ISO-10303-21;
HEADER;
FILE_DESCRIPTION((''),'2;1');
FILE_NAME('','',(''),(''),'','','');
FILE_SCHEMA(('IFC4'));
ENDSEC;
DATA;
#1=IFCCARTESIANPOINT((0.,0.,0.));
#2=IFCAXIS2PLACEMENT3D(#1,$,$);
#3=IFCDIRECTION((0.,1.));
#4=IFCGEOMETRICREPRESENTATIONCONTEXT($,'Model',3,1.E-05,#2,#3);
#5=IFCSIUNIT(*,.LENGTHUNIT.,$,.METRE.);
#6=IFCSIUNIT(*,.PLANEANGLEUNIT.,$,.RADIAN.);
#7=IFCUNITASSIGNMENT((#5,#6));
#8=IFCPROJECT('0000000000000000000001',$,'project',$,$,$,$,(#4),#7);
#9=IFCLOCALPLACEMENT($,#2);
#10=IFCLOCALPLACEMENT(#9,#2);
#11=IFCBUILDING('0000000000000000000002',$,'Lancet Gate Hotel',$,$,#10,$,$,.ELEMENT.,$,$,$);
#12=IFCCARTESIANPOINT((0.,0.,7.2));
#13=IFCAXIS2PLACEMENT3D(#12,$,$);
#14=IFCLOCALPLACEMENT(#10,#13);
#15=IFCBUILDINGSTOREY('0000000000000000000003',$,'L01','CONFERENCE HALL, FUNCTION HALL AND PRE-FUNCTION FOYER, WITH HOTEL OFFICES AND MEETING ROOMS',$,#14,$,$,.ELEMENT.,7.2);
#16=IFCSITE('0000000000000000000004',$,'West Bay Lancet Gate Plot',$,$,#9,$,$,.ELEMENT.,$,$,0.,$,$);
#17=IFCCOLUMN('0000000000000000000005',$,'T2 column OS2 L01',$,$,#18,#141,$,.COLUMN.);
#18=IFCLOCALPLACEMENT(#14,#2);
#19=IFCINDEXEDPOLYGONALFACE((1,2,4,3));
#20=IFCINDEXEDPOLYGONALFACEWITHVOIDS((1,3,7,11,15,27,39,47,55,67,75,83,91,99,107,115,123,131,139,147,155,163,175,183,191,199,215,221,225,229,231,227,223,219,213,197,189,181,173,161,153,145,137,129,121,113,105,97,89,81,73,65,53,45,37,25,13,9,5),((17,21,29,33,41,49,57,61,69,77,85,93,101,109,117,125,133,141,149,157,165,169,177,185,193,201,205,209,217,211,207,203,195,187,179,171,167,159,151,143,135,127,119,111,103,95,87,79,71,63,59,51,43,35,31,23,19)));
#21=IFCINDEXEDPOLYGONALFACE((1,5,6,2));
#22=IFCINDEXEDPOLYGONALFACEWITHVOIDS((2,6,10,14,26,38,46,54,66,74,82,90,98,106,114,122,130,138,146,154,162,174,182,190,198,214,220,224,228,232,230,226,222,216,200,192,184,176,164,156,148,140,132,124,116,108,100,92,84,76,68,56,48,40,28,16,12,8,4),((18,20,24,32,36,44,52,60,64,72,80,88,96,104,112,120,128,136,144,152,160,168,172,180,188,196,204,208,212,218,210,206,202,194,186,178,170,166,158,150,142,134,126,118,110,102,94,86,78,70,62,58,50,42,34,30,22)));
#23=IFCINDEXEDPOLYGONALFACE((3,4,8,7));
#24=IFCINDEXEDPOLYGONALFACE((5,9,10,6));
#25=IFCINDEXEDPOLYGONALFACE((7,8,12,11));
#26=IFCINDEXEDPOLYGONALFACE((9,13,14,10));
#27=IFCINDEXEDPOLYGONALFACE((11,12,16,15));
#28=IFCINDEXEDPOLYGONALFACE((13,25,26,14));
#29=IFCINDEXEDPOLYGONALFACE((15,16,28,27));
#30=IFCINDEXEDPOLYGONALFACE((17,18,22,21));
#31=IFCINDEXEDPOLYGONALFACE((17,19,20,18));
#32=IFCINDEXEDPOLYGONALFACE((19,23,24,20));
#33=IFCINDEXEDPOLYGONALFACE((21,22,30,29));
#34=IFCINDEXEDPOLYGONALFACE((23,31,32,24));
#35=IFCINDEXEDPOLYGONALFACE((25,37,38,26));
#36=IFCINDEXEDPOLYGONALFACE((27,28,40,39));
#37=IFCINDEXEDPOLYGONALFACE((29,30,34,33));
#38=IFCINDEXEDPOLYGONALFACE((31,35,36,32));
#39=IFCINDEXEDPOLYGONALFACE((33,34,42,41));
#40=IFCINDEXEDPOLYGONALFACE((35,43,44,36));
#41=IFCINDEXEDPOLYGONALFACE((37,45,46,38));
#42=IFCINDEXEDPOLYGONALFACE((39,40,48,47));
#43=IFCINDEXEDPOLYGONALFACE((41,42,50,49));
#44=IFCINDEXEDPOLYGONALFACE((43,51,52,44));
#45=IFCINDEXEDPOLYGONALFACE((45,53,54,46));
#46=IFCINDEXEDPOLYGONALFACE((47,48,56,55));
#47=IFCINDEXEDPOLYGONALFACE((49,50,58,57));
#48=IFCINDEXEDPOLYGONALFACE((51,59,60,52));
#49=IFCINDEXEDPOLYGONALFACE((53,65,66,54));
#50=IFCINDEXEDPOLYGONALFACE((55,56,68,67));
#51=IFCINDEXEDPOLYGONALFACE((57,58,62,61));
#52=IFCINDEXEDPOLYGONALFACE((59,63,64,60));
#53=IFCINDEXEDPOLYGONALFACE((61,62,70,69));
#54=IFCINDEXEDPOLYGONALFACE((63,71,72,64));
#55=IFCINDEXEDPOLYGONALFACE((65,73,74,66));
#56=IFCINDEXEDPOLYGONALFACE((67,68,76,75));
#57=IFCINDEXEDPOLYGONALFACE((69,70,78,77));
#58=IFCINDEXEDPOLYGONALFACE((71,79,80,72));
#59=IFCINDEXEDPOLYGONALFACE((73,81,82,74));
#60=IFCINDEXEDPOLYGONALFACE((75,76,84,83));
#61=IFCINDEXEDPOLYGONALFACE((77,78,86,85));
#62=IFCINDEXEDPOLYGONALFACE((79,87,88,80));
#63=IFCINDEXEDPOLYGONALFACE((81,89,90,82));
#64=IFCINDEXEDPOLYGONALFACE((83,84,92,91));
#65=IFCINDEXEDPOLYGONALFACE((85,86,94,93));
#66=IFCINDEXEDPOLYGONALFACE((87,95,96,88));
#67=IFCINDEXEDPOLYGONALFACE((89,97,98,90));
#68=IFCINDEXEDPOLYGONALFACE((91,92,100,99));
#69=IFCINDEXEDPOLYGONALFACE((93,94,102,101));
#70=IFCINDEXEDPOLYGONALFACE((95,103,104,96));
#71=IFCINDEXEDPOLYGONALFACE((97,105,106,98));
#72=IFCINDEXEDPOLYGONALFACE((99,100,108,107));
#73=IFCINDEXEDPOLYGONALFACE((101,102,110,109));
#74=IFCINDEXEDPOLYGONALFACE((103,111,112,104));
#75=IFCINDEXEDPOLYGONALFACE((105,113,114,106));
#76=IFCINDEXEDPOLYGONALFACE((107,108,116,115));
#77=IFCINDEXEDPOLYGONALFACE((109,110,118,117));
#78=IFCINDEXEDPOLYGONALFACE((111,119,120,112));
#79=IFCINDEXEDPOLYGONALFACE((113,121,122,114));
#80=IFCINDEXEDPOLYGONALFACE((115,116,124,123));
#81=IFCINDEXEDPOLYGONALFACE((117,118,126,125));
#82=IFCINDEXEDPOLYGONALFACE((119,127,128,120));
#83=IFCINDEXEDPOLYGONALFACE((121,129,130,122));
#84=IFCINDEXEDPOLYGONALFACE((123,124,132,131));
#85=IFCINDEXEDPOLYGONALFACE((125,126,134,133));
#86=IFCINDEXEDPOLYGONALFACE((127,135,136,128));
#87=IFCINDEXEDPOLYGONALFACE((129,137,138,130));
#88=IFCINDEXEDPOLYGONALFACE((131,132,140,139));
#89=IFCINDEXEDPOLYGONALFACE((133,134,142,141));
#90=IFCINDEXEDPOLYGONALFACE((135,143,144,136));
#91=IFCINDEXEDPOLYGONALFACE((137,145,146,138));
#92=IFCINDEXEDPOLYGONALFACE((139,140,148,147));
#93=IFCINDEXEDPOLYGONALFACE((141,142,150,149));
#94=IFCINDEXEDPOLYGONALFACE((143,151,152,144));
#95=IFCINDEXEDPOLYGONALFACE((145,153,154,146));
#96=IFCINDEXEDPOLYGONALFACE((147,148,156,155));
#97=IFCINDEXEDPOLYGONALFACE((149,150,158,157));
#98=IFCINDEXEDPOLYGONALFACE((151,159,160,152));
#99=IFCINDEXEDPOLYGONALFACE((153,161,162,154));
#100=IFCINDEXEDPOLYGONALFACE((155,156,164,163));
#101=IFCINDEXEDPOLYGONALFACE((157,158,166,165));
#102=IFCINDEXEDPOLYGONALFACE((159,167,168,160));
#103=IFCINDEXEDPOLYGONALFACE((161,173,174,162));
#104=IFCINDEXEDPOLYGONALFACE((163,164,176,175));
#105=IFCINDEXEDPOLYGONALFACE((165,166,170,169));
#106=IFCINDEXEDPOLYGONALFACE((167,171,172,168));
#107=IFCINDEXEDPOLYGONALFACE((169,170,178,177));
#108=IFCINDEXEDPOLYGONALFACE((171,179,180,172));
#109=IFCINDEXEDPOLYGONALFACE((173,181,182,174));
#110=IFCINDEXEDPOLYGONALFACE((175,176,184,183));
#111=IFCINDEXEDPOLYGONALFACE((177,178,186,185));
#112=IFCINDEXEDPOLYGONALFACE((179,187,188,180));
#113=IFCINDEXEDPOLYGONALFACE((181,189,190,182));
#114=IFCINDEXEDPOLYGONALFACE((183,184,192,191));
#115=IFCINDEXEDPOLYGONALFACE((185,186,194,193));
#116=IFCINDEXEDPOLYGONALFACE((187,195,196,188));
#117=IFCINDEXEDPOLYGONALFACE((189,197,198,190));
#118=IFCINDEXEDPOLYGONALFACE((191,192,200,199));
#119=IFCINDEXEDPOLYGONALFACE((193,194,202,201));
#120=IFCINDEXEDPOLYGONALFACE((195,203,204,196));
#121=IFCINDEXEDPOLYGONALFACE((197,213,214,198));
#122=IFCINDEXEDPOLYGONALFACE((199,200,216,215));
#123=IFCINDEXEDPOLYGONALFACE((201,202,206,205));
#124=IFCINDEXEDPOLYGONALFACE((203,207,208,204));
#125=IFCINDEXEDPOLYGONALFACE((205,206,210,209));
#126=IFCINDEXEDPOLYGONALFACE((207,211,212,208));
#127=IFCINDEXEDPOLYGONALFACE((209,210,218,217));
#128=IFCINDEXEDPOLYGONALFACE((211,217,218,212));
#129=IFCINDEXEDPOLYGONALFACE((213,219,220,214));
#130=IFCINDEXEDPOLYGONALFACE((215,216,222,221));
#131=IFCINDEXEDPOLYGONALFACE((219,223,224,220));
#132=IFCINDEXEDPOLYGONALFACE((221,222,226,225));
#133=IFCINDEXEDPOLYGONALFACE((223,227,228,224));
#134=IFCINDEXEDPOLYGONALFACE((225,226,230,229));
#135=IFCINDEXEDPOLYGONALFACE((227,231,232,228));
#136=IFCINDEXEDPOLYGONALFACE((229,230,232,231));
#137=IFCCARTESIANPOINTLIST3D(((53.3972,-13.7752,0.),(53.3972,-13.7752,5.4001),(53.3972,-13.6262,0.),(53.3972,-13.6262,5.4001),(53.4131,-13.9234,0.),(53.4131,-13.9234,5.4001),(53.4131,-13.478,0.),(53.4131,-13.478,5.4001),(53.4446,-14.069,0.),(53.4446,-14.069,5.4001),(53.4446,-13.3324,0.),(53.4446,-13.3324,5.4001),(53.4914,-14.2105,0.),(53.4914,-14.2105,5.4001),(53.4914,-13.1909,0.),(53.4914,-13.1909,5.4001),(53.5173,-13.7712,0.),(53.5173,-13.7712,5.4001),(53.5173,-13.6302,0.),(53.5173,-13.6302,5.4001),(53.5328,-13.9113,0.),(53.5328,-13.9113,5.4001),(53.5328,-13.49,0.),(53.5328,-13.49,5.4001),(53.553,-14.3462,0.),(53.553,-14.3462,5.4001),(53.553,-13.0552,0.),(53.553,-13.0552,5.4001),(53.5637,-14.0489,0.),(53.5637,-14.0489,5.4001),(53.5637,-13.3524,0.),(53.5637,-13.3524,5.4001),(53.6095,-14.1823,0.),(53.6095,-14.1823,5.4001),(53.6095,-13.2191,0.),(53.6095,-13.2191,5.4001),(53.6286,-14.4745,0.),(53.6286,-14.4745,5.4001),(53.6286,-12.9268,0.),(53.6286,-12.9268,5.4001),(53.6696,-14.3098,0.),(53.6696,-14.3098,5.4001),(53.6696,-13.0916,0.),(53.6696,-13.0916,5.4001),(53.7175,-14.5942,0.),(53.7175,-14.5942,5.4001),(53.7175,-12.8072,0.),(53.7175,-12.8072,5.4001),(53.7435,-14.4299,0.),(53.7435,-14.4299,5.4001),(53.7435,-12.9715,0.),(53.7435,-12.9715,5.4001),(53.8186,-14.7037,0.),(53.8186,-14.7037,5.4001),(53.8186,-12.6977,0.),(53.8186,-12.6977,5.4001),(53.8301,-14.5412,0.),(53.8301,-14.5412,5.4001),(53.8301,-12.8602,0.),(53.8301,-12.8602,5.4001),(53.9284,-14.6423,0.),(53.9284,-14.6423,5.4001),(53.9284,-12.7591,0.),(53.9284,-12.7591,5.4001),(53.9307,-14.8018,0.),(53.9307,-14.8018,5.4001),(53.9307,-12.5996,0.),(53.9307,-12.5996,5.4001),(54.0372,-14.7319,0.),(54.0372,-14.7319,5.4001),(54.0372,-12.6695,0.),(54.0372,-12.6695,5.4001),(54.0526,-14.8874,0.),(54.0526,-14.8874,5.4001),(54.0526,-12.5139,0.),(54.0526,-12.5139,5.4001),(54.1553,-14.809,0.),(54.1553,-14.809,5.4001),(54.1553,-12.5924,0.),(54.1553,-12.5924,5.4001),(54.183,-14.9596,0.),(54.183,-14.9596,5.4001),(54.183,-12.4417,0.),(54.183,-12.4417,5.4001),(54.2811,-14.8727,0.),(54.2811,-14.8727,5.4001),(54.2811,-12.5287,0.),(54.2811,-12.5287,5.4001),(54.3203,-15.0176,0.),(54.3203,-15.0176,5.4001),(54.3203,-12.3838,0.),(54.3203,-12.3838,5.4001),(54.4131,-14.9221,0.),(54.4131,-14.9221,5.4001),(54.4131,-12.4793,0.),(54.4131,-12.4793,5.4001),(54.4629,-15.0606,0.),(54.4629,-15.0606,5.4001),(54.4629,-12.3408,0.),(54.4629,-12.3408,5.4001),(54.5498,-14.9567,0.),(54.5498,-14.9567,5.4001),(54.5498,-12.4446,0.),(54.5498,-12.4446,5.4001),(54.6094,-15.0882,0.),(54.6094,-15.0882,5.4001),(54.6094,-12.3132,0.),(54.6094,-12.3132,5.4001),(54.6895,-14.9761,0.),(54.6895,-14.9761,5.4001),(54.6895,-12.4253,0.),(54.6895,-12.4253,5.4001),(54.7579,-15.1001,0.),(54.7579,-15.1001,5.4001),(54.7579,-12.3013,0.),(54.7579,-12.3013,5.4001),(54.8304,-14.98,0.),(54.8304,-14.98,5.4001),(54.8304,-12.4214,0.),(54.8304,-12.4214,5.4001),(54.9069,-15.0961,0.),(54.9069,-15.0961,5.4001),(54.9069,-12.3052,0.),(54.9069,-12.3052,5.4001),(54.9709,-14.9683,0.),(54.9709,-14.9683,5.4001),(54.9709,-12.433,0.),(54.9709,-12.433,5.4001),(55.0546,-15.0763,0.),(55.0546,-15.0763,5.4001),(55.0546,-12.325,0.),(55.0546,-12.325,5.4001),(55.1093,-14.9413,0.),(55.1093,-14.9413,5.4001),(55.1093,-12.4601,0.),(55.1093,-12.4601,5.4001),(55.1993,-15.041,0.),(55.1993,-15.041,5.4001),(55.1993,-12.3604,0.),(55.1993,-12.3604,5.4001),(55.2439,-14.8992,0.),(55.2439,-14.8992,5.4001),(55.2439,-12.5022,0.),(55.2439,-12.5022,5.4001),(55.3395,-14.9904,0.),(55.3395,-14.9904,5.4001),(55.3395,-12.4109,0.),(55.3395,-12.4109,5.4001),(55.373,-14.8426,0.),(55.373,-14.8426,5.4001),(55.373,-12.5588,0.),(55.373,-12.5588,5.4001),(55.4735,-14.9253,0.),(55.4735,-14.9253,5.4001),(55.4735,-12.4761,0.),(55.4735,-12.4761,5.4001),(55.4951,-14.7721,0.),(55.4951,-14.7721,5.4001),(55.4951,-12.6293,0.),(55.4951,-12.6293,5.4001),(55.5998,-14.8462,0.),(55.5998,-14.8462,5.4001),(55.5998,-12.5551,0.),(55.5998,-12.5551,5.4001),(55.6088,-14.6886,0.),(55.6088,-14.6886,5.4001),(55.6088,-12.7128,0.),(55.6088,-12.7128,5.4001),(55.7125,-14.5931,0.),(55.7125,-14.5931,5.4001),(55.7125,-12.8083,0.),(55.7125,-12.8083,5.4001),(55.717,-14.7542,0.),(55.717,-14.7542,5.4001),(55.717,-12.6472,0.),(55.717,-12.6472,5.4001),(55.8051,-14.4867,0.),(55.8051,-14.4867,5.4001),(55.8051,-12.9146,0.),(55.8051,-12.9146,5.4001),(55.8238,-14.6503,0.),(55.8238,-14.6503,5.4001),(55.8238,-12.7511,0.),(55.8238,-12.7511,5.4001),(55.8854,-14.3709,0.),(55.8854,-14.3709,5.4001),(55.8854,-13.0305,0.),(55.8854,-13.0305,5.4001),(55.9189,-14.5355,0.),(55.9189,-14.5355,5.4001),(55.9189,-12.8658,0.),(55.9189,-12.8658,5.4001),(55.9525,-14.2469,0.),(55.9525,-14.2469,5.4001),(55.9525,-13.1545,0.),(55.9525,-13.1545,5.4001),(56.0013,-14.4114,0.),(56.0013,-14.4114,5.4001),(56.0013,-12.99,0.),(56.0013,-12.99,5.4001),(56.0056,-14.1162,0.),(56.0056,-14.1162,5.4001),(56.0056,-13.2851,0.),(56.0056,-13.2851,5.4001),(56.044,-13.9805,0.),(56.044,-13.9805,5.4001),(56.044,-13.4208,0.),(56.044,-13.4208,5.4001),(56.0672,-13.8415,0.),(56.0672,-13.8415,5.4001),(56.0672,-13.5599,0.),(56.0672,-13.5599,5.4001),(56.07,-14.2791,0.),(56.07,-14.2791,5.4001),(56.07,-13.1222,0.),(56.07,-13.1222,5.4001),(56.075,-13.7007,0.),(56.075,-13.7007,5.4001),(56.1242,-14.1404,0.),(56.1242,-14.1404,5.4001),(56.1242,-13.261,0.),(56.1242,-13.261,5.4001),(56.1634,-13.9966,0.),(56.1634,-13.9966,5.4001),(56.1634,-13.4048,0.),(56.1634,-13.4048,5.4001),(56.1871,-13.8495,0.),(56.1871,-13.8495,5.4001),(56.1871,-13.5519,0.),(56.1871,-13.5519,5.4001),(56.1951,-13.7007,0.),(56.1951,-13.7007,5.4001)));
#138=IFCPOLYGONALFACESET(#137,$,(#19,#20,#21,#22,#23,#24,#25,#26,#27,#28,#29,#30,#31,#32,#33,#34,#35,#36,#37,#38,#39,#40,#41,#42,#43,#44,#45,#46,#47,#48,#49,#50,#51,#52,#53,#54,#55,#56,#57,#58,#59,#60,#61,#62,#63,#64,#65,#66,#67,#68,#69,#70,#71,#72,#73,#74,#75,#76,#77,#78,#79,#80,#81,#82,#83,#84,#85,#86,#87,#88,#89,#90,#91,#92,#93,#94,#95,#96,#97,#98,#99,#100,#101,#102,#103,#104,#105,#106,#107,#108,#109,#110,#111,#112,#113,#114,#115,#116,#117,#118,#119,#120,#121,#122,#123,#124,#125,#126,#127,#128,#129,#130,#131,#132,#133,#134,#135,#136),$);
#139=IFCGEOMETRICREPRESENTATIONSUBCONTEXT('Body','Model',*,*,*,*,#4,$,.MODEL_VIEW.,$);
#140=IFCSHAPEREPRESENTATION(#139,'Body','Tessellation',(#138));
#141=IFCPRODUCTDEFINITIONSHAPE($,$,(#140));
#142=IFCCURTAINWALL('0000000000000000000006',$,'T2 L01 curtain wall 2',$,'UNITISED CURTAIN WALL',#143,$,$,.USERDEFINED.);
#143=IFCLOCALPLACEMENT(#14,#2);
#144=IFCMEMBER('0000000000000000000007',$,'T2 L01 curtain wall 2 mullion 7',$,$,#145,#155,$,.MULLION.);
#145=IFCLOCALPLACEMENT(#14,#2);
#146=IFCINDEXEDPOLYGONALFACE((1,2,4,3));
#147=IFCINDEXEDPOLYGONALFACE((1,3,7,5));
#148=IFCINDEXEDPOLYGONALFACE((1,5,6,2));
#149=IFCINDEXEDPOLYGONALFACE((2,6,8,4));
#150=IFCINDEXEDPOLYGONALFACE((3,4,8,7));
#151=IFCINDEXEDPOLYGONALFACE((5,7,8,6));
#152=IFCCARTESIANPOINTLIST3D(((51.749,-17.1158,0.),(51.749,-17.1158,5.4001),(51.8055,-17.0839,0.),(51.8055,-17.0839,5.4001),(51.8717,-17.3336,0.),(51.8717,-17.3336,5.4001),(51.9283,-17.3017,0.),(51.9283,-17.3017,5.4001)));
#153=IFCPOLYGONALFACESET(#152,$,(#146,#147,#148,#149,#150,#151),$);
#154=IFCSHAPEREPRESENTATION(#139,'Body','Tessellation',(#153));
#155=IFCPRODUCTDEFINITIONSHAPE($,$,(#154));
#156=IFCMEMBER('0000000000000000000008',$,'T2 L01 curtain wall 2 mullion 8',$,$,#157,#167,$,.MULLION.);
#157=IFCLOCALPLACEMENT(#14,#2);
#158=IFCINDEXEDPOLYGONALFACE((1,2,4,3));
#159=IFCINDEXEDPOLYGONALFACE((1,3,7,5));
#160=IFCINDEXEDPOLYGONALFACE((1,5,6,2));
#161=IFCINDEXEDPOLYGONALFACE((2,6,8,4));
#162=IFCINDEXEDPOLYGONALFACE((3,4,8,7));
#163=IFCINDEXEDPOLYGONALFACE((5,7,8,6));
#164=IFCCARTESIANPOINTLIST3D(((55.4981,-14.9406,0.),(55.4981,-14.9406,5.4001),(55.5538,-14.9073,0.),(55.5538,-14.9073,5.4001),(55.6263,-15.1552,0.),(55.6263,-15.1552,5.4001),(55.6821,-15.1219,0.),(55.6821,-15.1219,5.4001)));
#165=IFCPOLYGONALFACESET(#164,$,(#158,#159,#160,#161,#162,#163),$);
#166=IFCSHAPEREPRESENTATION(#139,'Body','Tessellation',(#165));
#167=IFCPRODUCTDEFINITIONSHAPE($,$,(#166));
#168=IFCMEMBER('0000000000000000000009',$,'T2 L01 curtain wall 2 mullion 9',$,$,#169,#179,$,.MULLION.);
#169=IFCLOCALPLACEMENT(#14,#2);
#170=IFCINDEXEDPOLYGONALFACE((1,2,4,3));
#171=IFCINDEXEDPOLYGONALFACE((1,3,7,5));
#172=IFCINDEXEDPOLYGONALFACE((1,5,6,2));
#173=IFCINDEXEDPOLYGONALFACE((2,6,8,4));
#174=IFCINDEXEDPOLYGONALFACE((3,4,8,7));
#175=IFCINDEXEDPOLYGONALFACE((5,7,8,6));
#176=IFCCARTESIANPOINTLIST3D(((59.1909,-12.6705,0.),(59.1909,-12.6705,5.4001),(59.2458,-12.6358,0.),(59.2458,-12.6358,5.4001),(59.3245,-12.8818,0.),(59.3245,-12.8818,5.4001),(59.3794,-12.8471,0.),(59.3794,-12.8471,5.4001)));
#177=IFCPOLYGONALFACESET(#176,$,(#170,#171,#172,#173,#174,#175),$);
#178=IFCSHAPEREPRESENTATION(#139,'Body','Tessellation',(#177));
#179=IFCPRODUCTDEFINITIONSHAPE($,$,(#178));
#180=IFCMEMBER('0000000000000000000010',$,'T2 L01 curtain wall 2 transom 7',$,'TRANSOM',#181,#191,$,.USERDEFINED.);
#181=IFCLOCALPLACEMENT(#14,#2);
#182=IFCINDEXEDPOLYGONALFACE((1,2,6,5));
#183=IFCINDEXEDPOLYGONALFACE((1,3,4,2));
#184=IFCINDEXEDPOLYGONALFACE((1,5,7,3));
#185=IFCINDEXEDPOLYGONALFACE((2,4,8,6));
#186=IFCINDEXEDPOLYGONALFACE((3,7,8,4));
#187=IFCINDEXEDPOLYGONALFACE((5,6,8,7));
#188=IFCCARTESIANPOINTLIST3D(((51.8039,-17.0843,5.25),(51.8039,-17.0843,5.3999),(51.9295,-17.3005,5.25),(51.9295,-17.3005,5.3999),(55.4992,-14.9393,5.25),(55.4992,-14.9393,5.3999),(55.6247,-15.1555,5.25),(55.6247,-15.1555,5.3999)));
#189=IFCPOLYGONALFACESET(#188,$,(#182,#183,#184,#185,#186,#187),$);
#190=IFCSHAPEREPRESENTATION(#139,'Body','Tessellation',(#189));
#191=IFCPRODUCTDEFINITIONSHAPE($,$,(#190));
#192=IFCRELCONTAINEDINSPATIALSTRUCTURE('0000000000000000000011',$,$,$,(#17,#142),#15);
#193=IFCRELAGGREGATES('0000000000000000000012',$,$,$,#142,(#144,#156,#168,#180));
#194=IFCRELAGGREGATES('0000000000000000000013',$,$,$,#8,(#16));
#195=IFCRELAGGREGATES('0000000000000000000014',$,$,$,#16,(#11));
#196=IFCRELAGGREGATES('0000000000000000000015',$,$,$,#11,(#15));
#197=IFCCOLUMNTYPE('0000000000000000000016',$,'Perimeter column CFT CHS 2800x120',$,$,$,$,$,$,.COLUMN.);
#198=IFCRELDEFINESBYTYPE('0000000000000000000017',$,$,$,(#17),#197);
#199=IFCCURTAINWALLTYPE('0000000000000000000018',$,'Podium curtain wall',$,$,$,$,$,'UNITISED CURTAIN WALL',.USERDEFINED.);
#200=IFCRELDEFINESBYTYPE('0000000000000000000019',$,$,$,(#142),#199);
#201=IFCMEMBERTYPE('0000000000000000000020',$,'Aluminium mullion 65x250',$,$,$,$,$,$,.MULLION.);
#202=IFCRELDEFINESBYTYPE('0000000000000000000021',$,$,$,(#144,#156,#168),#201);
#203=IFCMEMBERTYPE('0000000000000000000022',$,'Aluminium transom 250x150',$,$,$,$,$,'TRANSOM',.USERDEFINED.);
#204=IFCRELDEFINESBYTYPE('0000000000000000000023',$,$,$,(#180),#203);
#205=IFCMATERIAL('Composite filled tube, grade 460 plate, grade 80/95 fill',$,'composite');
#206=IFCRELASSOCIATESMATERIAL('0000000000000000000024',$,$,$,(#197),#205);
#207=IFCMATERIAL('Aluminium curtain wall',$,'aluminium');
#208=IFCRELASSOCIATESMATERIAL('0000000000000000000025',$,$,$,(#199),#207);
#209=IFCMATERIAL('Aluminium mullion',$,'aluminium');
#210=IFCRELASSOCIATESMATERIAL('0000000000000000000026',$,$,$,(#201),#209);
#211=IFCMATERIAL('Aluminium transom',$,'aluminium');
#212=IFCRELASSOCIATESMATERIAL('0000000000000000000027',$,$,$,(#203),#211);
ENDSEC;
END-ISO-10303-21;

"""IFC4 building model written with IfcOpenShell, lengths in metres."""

from ifc_helpers import new_model, si_unit, direction, frame, origin, origin_2d, place, context, subcontext, project, spatial, rectangle, hollow_circle, extrude, material, material_profile, profile_set, type_object, element, aggregate, save


model = new_model("IFC4")

# Units and contexts
model_context = context("Model", 3, precision=1e-05, world=origin(), true_north=direction((0.0, 1.0)))
body_context = subcontext(model_context, "Body", "Model", "MODEL_VIEW")
ifc_project = project(units=[si_unit("LENGTHUNIT", "METRE"), si_unit("PLANEANGLEUNIT", "RADIAN")], contexts=[model_context])

# Site, building, storey
site_placement = place(None, origin())
site = spatial("IfcSite", under=ifc_project, at=site_placement, Name="West Bay Lancet Gate Plot", CompositionType="ELEMENT", RefElevation=0.0)
building_placement = place(site_placement, origin())
building = spatial("IfcBuilding", under=site, at=building_placement, Name="Lancet Gate Hotel", CompositionType="ELEMENT")
storey_placement = place(building_placement, frame((0.0, 0.0, 7.2)))
storey = spatial("IfcBuildingStorey", under=building, at=storey_placement, Name="L01", Description="CONFERENCE HALL, FUNCTION HALL AND PRE-FUNCTION FOYER, WITH HOTEL OFFICES AND MEETING ROOMS", CompositionType="ELEMENT", Elevation=7.2)

# Column
ifc_material_1 = material(Name="Composite filled tube, grade 460 plate, grade 80/95 fill", Category="composite")
ifc_material_profile_1 = material_profile(ifc_material_1, hollow_circle(Radius=1.3999, WallThickness=0.1201, at=origin_2d()), Name="CHS 2800x120")
ifc_profile_set_1 = profile_set([ifc_material_profile_1], Name="Composite filled tube, grade 460 plate, grade 80/95 fill")
column_type = type_object("IfcColumnType", Name="Perimeter column CFT CHS 2800x120", PredefinedType="COLUMN", material=ifc_profile_set_1)
column_placement = place(storey_placement, frame((54.7952, -13.7007, 0.0), z_axis=(0.0, 0.0, 1.0), x_axis=(1.0, 0.0, 0.0)))
element("IfcColumn", 1, at=column_placement, inside=storey, type_object=column_type, Name="T2 column OS2 L01", PredefinedType="COLUMN", context=body_context, shape_type="SweptSolid", body=[
    extrude(hollow_circle(Radius=1.3999, WallThickness=0.1201, at=origin_2d()), origin(), (0.0, 0.0, 1.0), 5.4001),
])

# Curtain wall, members
ifc_material_2 = material(Name="Aluminium curtain wall", Category="aluminium")
curtain_wall_type = type_object("IfcCurtainWallType", Name="Podium curtain wall", ElementType="UNITISED CURTAIN WALL", PredefinedType="USERDEFINED", material=ifc_material_2)
curtain_wall_placement = place(storey_placement, origin())
curtain_wall = element("IfcCurtainWall", 2, at=curtain_wall_placement, inside=storey, type_object=curtain_wall_type, Name="T2 L01 curtain wall 2", ObjectType="UNITISED CURTAIN WALL", PredefinedType="USERDEFINED")
ifc_material_3 = material(Name="Aluminium mullion", Category="aluminium")
ifc_material_profile_2 = material_profile(ifc_material_3, rectangle(XDim=0.0649, YDim=0.25, at=origin_2d()), Name="MULLION 65x250")
ifc_profile_set_2 = profile_set([ifc_material_profile_2], Name="Aluminium mullion")
member_type_1 = type_object("IfcMemberType", Name="Aluminium mullion 65x250", PredefinedType="MULLION", material=ifc_profile_set_2)
member_1_placement = place(storey_placement, frame((51.8386, -17.2087, 0.0), z_axis=(0.0, 0.0, 1.0), x_axis=(0.87119, 0.490945, 0.0)))
member_1 = element("IfcMember", 3, at=member_1_placement, type_object=member_type_1, Name="T2 L01 curtain wall 2 mullion 7", PredefinedType="MULLION", context=body_context, shape_type="SweptSolid", body=[
    extrude(rectangle(XDim=0.0649, YDim=0.25, at=origin_2d()), origin(), (0.0, 0.0, 1.0), 5.4001),
])
member_2_placement = place(storey_placement, frame((55.5901, -15.0312, 0.0), z_axis=(0.0, 0.0, 1.0), x_axis=(0.858413, 0.512959, 0.0)))
member_2 = element("IfcMember", 4, at=member_2_placement, type_object=member_type_1, Name="T2 L01 curtain wall 2 mullion 8", PredefinedType="MULLION", context=body_context, shape_type="SweptSolid", body=[
    extrude(rectangle(XDim=0.0649, YDim=0.25, at=origin_2d()), origin(), (0.0, 0.0, 1.0), 5.4001),
])
member_3_placement = place(storey_placement, frame((59.2852, -12.7588, 0.0), z_axis=(0.0, 0.0, 1.0), x_axis=(0.845079, 0.534641, 0.0)))
member_3 = element("IfcMember", 5, at=member_3_placement, type_object=member_type_1, Name="T2 L01 curtain wall 2 mullion 9", PredefinedType="MULLION", context=body_context, shape_type="SweptSolid", body=[
    extrude(rectangle(XDim=0.0649, YDim=0.25, at=origin_2d()), origin(), (0.0, 0.0, 1.0), 5.4001),
])
ifc_material_4 = material(Name="Aluminium transom", Category="aluminium")
ifc_material_profile_3 = material_profile(ifc_material_4, rectangle(XDim=0.25, YDim=0.1499, at=origin_2d()), Name="TRANSOM 250x150")
ifc_profile_set_3 = profile_set([ifc_material_profile_3], Name="Aluminium transom")
member_type_2 = type_object("IfcMemberType", Name="Aluminium transom 250x150", ElementType="TRANSOM", PredefinedType="USERDEFINED", material=ifc_profile_set_3)
member_4_placement = place(storey_placement, frame((51.8667, -17.1924, 5.325), z_axis=(0.864855, 0.502022, 0.0), x_axis=(-0.502022, 0.864855, 0.0)))
member_4 = element("IfcMember", 6, at=member_4_placement, type_object=member_type_2, Name="T2 L01 curtain wall 2 transom 7", ObjectType="TRANSOM", PredefinedType="USERDEFINED", context=body_context, shape_type="SweptSolid", body=[
    extrude(rectangle(XDim=0.25, YDim=0.1499, at=origin_2d()), origin(), (0.0, 0.0, 1.0), 4.2727),
])

aggregate(curtain_wall, [member_1, member_2, member_3, member_4])

save(model, "model.ifc")
